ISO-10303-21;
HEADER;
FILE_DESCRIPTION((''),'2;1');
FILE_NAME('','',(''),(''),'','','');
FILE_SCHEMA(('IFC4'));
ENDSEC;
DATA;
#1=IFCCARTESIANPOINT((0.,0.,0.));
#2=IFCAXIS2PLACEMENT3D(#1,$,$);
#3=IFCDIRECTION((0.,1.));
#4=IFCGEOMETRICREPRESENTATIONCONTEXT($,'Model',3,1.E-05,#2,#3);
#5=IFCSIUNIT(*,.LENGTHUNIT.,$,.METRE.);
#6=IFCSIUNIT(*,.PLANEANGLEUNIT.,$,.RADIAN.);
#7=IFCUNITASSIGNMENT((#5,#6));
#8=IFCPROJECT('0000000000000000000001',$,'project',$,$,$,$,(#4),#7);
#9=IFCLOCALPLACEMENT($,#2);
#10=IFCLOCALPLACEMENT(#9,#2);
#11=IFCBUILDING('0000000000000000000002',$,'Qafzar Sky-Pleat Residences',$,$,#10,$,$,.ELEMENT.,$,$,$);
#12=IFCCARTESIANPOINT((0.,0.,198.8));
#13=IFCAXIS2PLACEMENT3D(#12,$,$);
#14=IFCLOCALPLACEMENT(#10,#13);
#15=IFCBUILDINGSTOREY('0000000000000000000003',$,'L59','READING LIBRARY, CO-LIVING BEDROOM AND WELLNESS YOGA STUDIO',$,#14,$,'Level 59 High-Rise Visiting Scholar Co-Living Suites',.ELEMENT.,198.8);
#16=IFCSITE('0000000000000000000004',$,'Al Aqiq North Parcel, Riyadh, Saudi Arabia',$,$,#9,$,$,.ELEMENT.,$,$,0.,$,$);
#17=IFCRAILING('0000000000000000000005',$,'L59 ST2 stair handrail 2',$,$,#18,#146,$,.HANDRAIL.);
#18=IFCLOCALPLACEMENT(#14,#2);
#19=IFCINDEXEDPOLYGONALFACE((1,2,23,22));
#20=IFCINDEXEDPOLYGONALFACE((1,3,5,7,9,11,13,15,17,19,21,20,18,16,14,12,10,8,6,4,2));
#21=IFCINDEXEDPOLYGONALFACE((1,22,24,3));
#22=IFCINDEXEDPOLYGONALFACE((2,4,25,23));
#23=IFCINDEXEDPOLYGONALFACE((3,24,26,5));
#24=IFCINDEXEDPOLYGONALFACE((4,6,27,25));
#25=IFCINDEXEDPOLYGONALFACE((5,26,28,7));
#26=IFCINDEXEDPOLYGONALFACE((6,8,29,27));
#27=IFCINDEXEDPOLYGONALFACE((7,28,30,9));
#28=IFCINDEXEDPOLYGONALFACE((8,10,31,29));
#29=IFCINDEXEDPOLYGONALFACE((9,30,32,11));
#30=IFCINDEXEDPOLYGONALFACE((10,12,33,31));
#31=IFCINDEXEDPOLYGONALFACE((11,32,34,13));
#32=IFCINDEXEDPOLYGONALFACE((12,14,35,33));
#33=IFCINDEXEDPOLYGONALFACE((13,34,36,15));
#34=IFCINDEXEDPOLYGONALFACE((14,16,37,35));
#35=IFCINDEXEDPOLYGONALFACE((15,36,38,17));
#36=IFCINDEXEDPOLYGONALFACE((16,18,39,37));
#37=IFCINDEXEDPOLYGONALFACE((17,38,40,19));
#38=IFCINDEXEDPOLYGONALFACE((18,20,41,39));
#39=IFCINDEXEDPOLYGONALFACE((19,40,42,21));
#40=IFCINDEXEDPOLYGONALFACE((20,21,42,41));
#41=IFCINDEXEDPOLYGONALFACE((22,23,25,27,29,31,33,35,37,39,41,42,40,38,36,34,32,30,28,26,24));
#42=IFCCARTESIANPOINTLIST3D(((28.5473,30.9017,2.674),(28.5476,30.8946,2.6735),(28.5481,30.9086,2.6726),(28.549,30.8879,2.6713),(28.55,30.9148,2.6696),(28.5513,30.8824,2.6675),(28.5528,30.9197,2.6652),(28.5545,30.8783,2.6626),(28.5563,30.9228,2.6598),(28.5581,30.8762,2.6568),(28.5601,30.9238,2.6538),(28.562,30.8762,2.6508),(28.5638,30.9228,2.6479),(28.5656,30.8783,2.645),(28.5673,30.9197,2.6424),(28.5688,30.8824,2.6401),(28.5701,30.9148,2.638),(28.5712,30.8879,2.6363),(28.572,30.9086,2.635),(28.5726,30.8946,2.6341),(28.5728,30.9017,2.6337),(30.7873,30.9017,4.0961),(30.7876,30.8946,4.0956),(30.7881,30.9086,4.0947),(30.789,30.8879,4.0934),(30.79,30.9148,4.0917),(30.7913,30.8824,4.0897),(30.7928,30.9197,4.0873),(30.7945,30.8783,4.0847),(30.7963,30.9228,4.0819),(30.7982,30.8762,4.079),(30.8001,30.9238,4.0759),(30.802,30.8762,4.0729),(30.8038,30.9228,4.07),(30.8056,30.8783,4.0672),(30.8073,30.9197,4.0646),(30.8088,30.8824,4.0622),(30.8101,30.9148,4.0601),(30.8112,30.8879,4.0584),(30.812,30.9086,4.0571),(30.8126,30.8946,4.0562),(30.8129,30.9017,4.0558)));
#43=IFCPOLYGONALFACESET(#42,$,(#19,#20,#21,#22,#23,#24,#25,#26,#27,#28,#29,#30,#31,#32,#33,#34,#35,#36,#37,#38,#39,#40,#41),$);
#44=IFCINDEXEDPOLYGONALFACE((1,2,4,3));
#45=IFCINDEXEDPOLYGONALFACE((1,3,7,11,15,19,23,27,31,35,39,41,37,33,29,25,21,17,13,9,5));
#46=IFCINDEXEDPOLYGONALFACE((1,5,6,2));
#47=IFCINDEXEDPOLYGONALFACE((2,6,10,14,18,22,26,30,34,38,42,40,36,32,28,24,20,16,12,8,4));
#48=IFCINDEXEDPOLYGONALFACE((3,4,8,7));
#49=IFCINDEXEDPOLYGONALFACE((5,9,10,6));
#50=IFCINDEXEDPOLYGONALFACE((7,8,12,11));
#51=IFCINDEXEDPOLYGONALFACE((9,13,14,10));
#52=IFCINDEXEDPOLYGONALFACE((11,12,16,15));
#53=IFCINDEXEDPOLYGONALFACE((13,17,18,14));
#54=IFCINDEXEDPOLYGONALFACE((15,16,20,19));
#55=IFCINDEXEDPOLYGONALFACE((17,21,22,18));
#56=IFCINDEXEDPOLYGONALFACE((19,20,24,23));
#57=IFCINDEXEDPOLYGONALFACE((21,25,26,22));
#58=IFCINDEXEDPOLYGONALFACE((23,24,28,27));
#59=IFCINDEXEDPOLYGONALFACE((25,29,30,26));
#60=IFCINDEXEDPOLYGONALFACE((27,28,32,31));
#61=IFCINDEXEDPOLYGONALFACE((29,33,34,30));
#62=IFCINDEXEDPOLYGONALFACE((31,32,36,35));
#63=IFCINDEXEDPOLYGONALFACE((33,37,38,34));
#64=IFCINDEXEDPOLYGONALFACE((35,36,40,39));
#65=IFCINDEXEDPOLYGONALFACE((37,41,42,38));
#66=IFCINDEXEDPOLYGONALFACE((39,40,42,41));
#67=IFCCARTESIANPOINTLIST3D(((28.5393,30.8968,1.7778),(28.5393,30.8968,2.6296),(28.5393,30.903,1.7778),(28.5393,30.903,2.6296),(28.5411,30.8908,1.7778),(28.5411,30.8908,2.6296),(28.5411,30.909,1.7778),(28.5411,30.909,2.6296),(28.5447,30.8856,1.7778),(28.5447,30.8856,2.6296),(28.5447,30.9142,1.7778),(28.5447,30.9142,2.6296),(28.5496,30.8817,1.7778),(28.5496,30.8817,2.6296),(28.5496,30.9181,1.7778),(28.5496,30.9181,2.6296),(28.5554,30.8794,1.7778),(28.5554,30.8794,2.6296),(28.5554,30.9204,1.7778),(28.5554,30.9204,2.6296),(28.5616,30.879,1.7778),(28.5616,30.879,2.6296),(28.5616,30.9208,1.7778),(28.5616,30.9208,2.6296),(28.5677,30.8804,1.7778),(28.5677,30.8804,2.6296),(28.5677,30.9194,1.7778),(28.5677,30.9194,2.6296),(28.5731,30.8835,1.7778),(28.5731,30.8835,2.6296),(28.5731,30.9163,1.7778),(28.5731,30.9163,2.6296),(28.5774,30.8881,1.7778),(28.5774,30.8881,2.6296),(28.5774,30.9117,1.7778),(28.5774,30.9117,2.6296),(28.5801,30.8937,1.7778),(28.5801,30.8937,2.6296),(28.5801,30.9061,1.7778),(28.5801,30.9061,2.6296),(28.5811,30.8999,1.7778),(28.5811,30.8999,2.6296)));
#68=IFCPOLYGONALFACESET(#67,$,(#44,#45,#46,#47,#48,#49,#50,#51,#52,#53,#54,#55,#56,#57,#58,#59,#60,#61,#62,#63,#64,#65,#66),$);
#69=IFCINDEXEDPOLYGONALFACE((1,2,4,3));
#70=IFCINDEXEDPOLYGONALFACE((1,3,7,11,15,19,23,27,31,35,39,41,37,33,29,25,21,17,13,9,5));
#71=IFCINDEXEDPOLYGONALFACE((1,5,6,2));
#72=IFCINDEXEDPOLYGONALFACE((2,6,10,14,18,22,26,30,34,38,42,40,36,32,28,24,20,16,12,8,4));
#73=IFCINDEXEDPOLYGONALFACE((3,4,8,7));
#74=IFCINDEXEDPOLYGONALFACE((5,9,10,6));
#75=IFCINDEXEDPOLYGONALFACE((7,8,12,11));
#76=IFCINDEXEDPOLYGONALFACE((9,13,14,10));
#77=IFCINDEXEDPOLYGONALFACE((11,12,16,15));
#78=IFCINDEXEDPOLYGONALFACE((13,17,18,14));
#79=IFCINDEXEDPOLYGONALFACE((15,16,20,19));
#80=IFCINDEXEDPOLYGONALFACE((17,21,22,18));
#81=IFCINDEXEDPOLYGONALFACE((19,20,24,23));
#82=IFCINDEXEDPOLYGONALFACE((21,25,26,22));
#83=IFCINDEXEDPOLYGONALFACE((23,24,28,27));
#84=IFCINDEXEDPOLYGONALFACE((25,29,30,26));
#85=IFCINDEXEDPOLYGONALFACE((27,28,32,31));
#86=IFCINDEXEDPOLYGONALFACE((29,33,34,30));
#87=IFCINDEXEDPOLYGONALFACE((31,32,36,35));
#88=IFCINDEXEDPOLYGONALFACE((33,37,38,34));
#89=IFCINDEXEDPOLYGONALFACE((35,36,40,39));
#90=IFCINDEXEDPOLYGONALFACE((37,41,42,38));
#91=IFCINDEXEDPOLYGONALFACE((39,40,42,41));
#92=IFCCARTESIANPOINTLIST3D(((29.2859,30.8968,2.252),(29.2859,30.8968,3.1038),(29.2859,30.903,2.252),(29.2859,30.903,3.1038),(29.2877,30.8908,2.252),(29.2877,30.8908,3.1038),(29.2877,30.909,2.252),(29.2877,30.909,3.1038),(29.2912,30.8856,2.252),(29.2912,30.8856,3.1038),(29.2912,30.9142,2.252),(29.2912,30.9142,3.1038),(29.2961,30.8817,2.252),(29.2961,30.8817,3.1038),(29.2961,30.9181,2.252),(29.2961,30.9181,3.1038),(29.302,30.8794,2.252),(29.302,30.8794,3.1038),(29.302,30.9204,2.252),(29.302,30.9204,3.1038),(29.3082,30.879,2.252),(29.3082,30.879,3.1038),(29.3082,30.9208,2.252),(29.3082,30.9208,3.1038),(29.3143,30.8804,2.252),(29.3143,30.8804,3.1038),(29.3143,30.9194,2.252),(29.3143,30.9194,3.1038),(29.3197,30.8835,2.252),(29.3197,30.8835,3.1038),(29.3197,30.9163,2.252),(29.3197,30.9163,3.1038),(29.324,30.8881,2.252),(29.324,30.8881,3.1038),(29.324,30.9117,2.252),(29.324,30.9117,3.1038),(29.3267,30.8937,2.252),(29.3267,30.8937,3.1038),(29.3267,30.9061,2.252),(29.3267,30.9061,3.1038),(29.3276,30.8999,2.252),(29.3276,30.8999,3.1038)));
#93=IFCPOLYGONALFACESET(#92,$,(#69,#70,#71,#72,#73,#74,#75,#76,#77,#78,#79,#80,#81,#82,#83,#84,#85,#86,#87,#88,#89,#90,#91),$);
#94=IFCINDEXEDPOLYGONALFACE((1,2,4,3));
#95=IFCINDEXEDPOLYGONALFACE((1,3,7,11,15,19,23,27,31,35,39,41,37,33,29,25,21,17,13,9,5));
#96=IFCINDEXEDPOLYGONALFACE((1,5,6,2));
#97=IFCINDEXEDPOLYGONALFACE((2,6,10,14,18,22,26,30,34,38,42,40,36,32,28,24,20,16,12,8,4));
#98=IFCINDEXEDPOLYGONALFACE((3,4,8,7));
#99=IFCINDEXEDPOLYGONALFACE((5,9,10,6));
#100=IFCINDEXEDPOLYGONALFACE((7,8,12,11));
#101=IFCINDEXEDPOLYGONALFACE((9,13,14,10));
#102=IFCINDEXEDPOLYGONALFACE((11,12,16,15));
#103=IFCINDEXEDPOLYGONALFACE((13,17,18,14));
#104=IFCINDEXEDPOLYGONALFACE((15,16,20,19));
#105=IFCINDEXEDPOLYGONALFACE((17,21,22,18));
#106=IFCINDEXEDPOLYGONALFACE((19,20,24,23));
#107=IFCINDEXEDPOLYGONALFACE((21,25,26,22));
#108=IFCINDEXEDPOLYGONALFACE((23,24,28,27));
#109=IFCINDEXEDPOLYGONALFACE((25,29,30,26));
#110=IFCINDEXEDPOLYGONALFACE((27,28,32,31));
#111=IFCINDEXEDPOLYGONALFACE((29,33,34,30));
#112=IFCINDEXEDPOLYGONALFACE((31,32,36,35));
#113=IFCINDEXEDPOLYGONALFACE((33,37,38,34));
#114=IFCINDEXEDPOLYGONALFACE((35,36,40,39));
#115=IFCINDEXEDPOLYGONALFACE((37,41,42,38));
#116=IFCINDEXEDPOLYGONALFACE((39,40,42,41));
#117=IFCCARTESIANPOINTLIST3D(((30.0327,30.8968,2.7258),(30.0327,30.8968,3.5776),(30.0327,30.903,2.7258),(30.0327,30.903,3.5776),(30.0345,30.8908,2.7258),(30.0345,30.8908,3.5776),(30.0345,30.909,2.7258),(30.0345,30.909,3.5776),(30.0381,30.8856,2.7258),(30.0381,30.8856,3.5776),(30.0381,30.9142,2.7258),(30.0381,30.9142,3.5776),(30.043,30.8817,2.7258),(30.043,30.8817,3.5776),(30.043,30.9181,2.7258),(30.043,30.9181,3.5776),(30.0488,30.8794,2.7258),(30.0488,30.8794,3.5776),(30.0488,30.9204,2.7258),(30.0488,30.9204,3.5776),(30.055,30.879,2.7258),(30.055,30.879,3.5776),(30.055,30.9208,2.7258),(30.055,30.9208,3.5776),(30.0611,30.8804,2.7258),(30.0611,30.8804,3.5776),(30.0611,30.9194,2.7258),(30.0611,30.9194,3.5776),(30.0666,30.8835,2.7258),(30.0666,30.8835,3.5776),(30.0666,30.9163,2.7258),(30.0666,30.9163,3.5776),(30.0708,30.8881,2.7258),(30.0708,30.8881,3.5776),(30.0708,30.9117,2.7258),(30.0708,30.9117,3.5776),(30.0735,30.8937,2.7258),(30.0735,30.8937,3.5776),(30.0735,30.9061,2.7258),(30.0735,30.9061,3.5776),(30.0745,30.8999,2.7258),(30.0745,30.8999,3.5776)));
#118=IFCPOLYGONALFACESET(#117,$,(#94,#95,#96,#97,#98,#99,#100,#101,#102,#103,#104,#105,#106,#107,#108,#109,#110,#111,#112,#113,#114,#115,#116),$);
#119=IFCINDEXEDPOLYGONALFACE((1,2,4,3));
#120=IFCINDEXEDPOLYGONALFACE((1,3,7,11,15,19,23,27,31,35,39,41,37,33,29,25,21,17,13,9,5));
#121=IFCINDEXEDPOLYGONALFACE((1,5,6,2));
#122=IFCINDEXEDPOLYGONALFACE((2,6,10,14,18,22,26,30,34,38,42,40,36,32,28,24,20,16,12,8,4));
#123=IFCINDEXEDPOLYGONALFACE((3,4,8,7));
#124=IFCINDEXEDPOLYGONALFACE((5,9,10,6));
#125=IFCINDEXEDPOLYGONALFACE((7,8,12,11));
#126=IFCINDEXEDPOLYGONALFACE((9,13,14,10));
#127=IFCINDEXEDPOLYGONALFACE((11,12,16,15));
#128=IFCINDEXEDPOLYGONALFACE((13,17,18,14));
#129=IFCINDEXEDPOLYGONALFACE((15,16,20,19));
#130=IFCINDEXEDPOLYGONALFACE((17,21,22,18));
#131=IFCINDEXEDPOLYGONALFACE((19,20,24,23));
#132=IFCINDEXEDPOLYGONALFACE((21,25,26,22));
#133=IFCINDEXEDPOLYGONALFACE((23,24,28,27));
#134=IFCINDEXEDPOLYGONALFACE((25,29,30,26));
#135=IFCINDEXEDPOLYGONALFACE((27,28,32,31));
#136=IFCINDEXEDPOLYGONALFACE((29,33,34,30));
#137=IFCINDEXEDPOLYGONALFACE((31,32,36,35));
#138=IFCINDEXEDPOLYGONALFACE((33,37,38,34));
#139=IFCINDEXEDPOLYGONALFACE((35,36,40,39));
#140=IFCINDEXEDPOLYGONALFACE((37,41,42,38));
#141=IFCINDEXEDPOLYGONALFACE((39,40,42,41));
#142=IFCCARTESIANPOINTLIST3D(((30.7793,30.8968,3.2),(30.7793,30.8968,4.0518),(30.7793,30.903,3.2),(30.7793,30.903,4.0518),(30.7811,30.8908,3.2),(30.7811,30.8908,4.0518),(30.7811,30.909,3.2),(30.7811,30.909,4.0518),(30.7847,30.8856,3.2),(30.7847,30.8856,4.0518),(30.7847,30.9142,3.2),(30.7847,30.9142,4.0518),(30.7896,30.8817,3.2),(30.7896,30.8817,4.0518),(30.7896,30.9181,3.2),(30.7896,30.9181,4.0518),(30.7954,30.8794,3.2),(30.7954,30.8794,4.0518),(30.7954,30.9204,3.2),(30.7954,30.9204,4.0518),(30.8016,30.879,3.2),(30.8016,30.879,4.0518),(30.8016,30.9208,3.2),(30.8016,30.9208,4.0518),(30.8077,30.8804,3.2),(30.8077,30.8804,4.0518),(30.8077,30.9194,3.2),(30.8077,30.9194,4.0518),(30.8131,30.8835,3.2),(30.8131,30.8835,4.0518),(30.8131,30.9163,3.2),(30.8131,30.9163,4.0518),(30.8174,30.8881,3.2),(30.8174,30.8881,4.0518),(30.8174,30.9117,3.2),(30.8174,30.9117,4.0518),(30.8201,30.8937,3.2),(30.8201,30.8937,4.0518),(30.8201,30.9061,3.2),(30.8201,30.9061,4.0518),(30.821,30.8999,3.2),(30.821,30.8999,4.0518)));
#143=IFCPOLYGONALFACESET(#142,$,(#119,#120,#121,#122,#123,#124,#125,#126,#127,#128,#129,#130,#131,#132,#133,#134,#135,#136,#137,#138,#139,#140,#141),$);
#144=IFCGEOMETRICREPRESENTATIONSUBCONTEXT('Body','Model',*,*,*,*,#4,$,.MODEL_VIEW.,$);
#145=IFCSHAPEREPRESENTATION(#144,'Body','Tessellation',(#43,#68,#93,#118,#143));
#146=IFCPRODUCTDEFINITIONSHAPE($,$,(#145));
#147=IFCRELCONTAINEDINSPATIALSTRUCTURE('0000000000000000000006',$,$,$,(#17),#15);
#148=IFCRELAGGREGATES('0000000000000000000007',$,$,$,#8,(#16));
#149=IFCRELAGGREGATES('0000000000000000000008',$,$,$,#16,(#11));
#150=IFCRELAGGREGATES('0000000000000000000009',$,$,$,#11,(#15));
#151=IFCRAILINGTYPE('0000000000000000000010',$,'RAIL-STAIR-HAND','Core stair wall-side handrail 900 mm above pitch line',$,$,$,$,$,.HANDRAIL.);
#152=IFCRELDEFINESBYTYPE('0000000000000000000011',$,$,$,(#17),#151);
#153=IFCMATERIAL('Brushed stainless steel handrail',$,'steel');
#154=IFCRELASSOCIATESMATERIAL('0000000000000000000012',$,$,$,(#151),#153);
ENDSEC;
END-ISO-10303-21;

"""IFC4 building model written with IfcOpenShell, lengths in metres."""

from ifc_helpers import new_model, si_unit, direction, frame, origin, origin_2d, place, context, subcontext, project, spatial, circle, extrude, source, transform, mapped, material, type_object, element, save


model = new_model("IFC4")

# Units and contexts
model_context = context("Model", 3, precision=1e-05, world=origin(), true_north=direction((0.0, 1.0)))
body_context = subcontext(model_context, "Body", "Model", "MODEL_VIEW")
ifc_project = project(units=[si_unit("LENGTHUNIT", "METRE"), si_unit("PLANEANGLEUNIT", "RADIAN")], contexts=[model_context])

# Site, building, storey
site_placement = place(None, origin())
site = spatial("IfcSite", under=ifc_project, at=site_placement, Name="Al Aqiq North Parcel, Riyadh, Saudi Arabia", CompositionType="ELEMENT", RefElevation=0.0)
building_placement = place(site_placement, origin())
building = spatial("IfcBuilding", under=site, at=building_placement, Name="Qafzar Sky-Pleat Residences", CompositionType="ELEMENT")
storey_placement = place(building_placement, frame((0.0, 0.0, 198.8)))
storey = spatial("IfcBuildingStorey", under=building, at=storey_placement, Name="L59", Description="READING LIBRARY, CO-LIVING BEDROOM AND WELLNESS YOGA STUDIO", LongName="Level 59 High-Rise Visiting Scholar Co-Living Suites", CompositionType="ELEMENT", Elevation=198.8)

# Railing
ifc_material_1 = material(Name="Brushed stainless steel handrail", Category="steel")
railing_type_1 = type_object("IfcRailingType", Name="RAIL-STAIR-HAND", Description="Core stair wall-side handrail 900 mm above pitch line", PredefinedType="HANDRAIL", material=ifc_material_1)
shared_shape_1 = source(origin(), body_context, "Body", "SweptSolid", [
    extrude(circle(Radius=0.0239, at=origin_2d()), frame((0.0, 0.0, 0.876), z_axis=(0.844229, 0.0, 0.535982), x_axis=(0.0, 1.0, 0.0)), (0.0, 0.0, 1.0), 2.6533),
    extrude(circle(Radius=0.021, at=origin_2d()), origin(), (0.0, 0.0, 1.0), 0.8518),
    extrude(circle(Radius=0.021, at=origin_2d()), frame((0.7466, 0.0, 0.4741)), (0.0, 0.0, 1.0), 0.8518),
    extrude(circle(Radius=0.021, at=origin_2d()), frame((1.4934, 0.0, 0.948)), (0.0, 0.0, 1.0), 0.8518),
    extrude(circle(Radius=0.021, at=origin_2d()), frame((2.24, 0.0, 1.4221)), (0.0, 0.0, 1.0), 0.8518),
])
railing_1_placement = place(storey_placement, frame((28.5601, 30.8999, 1.7778)))
element("IfcRailing", 1, at=railing_1_placement, inside=storey, type_object=railing_type_1, Name="L59 ST2 stair handrail 2", PredefinedType="HANDRAIL", context=body_context, shape_type="MappedRepresentation", body=[
    mapped(shared_shape_1, transform((0.0, 0.0, 0.0), x_axis=(1.0, 0.0, 0.0), y_axis=(0.0, 1.0, 0.0), z_axis=(0.0, 0.0, 1.0), scale=1.0)),
])

save(model, "model.ifc")
